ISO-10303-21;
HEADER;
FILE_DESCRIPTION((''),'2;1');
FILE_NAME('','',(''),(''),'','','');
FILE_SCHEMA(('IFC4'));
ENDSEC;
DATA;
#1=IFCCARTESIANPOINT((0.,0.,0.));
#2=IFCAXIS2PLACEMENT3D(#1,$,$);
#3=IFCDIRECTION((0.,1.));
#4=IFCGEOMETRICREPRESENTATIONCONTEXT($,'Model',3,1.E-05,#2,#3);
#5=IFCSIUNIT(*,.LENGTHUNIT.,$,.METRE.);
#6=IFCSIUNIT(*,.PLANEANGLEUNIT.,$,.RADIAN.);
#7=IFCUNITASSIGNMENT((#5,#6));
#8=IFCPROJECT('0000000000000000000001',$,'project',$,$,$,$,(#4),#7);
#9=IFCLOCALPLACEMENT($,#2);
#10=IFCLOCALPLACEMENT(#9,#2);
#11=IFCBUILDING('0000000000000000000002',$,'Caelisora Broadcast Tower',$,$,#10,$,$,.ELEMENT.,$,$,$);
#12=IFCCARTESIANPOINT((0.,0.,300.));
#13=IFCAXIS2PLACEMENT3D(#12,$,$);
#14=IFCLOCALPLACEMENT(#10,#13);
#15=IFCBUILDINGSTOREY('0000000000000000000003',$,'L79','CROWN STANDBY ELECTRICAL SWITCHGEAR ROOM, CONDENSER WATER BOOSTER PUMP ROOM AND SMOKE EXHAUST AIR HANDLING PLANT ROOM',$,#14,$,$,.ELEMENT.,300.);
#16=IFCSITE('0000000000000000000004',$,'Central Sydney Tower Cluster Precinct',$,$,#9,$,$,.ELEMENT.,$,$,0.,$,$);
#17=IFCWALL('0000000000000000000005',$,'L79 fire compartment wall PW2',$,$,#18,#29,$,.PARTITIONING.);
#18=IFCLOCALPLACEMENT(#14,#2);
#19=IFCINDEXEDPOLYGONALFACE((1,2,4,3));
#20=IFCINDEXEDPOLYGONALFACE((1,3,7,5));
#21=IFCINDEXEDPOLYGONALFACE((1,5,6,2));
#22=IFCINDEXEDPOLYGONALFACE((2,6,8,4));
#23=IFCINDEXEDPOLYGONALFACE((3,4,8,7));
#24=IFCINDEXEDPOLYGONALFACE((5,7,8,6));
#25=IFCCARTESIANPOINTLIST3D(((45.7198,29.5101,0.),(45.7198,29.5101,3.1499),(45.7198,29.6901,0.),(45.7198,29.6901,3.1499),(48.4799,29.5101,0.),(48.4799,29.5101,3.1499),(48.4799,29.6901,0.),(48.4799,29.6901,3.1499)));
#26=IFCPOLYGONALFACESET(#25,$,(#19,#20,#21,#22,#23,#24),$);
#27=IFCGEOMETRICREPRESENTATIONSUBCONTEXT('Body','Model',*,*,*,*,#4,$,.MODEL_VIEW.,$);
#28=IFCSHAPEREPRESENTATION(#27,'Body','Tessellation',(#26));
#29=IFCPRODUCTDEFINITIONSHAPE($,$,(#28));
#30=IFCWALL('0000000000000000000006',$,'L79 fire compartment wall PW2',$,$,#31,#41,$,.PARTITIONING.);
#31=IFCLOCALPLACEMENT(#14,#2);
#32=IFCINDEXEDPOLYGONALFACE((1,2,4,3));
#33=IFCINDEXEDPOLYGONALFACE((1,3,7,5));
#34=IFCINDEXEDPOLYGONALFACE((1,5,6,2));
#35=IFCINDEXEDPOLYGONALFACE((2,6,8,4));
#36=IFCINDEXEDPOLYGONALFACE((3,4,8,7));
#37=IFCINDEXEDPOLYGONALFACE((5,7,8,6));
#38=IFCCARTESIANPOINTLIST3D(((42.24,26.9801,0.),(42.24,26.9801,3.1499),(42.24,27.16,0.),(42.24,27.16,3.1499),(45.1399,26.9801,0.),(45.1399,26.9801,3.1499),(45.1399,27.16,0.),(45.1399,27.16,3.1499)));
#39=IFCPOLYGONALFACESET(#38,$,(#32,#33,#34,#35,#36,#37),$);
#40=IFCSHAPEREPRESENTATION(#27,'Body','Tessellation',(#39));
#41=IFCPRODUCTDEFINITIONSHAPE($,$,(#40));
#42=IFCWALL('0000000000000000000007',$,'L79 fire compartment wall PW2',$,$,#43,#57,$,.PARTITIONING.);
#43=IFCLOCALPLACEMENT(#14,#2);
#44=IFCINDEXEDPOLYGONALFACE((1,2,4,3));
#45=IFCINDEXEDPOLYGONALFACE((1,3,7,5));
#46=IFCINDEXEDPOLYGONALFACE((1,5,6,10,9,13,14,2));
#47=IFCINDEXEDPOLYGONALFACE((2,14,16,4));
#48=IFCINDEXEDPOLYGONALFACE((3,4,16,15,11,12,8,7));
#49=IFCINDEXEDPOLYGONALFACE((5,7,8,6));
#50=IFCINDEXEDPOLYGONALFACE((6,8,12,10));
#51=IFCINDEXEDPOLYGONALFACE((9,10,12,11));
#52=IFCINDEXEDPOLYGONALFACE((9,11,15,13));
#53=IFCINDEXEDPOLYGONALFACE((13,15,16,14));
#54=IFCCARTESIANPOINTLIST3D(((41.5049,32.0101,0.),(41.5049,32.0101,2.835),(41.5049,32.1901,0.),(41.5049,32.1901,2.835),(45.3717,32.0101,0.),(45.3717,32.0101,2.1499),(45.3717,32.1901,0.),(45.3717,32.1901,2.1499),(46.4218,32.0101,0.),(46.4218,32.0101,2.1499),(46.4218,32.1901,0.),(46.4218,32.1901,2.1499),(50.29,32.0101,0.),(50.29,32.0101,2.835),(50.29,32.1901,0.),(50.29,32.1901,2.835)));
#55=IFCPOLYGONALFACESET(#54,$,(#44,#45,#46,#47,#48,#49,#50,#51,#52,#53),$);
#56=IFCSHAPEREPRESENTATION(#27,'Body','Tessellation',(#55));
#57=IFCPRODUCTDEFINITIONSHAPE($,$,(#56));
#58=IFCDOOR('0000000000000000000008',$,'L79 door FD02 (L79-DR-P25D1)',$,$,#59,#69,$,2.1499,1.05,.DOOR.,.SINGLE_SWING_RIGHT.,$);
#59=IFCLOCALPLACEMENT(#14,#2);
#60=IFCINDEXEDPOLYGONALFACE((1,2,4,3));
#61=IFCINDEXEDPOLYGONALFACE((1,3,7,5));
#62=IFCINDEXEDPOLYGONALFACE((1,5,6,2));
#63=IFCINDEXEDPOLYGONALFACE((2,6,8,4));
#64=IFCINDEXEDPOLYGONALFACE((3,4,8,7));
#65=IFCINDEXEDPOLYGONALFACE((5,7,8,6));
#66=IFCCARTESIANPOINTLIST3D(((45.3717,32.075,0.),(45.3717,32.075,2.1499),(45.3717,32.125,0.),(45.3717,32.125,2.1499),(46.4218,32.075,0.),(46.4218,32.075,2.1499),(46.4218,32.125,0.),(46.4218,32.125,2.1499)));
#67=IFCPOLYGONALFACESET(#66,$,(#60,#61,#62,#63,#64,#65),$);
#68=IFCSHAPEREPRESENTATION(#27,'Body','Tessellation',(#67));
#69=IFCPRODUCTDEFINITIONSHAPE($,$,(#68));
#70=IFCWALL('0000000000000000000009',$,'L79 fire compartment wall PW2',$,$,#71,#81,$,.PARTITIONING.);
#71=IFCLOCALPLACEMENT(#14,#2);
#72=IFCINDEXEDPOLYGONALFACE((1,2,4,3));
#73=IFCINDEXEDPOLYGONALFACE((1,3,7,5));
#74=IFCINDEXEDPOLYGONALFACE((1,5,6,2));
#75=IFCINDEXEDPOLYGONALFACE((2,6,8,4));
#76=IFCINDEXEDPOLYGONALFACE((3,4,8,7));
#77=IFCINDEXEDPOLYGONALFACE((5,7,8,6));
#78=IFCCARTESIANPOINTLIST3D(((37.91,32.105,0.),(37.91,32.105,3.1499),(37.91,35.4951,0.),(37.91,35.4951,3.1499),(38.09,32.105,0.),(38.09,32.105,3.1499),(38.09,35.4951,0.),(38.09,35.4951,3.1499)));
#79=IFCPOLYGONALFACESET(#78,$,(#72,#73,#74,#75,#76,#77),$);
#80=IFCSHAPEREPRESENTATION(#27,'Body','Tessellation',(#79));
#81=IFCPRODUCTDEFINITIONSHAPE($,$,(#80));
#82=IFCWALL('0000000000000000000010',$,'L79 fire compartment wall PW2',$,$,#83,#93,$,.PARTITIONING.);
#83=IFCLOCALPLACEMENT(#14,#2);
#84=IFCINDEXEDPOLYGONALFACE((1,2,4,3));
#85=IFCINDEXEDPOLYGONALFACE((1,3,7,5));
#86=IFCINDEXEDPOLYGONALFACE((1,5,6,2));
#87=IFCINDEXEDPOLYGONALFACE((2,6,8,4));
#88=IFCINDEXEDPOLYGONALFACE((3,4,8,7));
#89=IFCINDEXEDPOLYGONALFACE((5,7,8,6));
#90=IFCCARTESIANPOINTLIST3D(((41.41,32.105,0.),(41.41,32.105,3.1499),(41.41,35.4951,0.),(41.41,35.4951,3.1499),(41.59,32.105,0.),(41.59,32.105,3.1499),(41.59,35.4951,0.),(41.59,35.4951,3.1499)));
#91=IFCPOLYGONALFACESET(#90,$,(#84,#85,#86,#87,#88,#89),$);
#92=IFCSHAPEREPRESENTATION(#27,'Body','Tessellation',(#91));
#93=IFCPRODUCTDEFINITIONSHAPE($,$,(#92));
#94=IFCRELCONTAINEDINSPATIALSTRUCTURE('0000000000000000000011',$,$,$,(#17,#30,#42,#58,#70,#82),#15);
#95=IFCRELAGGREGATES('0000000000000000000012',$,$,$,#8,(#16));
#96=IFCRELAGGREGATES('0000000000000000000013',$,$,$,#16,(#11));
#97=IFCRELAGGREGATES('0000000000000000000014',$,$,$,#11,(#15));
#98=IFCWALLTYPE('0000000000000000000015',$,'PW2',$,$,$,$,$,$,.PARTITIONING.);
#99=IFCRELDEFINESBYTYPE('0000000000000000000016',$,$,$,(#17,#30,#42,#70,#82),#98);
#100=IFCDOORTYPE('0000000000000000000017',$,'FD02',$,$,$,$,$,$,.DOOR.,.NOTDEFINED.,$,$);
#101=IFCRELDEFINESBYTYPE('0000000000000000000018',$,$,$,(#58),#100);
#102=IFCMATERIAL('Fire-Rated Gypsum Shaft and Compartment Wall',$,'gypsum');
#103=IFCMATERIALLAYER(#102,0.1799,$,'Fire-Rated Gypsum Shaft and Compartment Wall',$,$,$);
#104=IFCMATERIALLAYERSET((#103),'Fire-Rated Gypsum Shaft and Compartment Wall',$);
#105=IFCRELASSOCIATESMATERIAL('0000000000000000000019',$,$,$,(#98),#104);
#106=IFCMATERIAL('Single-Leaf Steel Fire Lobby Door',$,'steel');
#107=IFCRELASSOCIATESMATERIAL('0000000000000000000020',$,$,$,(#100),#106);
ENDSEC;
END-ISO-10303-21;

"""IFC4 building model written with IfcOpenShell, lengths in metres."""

from ifc_helpers import new_model, si_unit, direction, frame, frame_2d, origin, place, context, subcontext, project, spatial, rectangle, extrude, material, layer, layer_set, type_object, element, fill, save


model = new_model("IFC4")

# Units and contexts
model_context = context("Model", 3, precision=1e-05, world=origin(), true_north=direction((0.0, 1.0)))
body_context = subcontext(model_context, "Body", "Model", "MODEL_VIEW")
ifc_project = project(units=[si_unit("LENGTHUNIT", "METRE"), si_unit("PLANEANGLEUNIT", "RADIAN")], contexts=[model_context])

# Site, building, storey
site_placement = place(None, origin())
site = spatial("IfcSite", under=ifc_project, at=site_placement, Name="Central Sydney Tower Cluster Precinct", CompositionType="ELEMENT", RefElevation=0.0)
building_placement = place(site_placement, origin())
building = spatial("IfcBuilding", under=site, at=building_placement, Name="Caelisora Broadcast Tower", CompositionType="ELEMENT")
storey_placement = place(building_placement, frame((0.0, 0.0, 300.0)))
storey = spatial("IfcBuildingStorey", under=building, at=storey_placement, Name="L79", Description="CROWN STANDBY ELECTRICAL SWITCHGEAR ROOM, CONDENSER WATER BOOSTER PUMP ROOM AND SMOKE EXHAUST AIR HANDLING PLANT ROOM", CompositionType="ELEMENT", Elevation=300.0)

# Walls
ifc_material_1 = material(Name="Fire-Rated Gypsum Shaft and Compartment Wall", Category="gypsum")
ifc_layer_1 = layer(ifc_material_1, 0.1799, Name="Fire-Rated Gypsum Shaft and Compartment Wall")
ifc_layer_set_1 = layer_set([ifc_layer_1], Name="Fire-Rated Gypsum Shaft and Compartment Wall")
wall_type_1 = type_object("IfcWallType", Name="PW2", PredefinedType="PARTITIONING", material=ifc_layer_set_1)
for number, where, z_axis, x_axis, name in (
    (1, (45.72, 29.6001, 0.0), (0.0, 0.0, 1.0), (1.0, 0.0, 0.0), "L79 fire compartment wall PW2"),
):
    element("IfcWall", number, at=place(storey_placement, frame(where, z_axis=z_axis, x_axis=x_axis)), inside=storey, type_object=wall_type_1, Name=name, PredefinedType="PARTITIONING", context=body_context, shape_type="SweptSolid", body=[
        extrude(rectangle(XDim=2.76, YDim=0.1799, at=frame_2d((1.3799, 0.0))), origin(), (0.0, 0.0, 1.0), 3.1499),
    ])
wall_1_placement = place(storey_placement, frame((42.24, 27.0701, 0.0), z_axis=(0.0, 0.0, 1.0), x_axis=(1.0, 0.0, 0.0)))
element("IfcWall", 2, at=wall_1_placement, inside=storey, type_object=wall_type_1, Name="L79 fire compartment wall PW2", PredefinedType="PARTITIONING", context=body_context, shape_type="SweptSolid", body=[
    extrude(rectangle(XDim=2.8999, YDim=0.1799, at=frame_2d((1.45, 0.0))), origin(), (0.0, 0.0, 1.0), 3.1499),
])

# Wall, opening, door
wall_2_placement = place(storey_placement, frame((41.5049, 32.1001, 0.0), z_axis=(0.0, 0.0, 1.0), x_axis=(1.0, 0.0, 0.0)))
wall_2 = element("IfcWall", 3, at=wall_2_placement, inside=storey, type_object=wall_type_1, Name="L79 fire compartment wall PW2", PredefinedType="PARTITIONING", context=body_context, shape_type="SweptSolid", body=[
    extrude(rectangle(XDim=8.7852, YDim=0.1799, at=frame_2d((4.3926, 0.0))), origin(), (0.0, 0.0, 1.0), 2.835),
])
opening_1_placement = place(wall_2_placement, frame((3.8669, 0.0, 0.0)))
opening_1 = element("IfcOpeningElement", 4, at=opening_1_placement, cuts=wall_2, PredefinedType="OPENING", context=body_context, shape_type="SweptSolid", body=[
    extrude(rectangle(XDim=1.05, YDim=2.1499, at=frame_2d((0.5249, 1.075))), frame((0.0, 0.1021, 0.0), z_axis=(0.0, -1.0, 0.0), x_axis=(1.0, 0.0, 0.0)), (0.0, 0.0, 1.0), 0.2039),
])
ifc_material_2 = material(Name="Single-Leaf Steel Fire Lobby Door", Category="steel")
door_type = type_object("IfcDoorType", Name="FD02", OperationType="NOTDEFINED", PredefinedType="DOOR", material=ifc_material_2)
door_1_placement = place(opening_1_placement, origin())
door_1 = element("IfcDoor", 5, at=door_1_placement, inside=storey, type_object=door_type, Name="L79 door FD02 (L79-DR-P25D1)", OperationType="SINGLE_SWING_RIGHT", OverallHeight=2.1499, OverallWidth=1.05, PredefinedType="DOOR", context=body_context, shape_type="SweptSolid", body=[
    extrude(rectangle(XDim=1.05, YDim=2.1499, at=frame_2d((0.5249, 1.075))), frame((0.0, 0.0249, 0.0), z_axis=(0.0, -1.0, 0.0), x_axis=(1.0, 0.0, 0.0)), (0.0, 0.0, 1.0), 0.05),
])
fill(opening_1, door_1)

# Walls
for number, where, z_axis, x_axis, name in (
    (6, (38.0, 32.105, 0.0), (0.0, 0.0, 1.0), (0.0, 1.0, 0.0), "L79 fire compartment wall PW2"),
    (7, (41.5, 32.105, 0.0), (0.0, 0.0, 1.0), (0.0, 1.0, 0.0), "L79 fire compartment wall PW2"),
):
    element("IfcWall", number, at=place(storey_placement, frame(where, z_axis=z_axis, x_axis=x_axis)), inside=storey, type_object=wall_type_1, Name=name, PredefinedType="PARTITIONING", context=body_context, shape_type="SweptSolid", body=[
        extrude(rectangle(XDim=3.3901, YDim=0.1799, at=frame_2d((1.6951, 0.0))), origin(), (0.0, 0.0, 1.0), 3.1499),
    ])

save(model, "model.ifc")
